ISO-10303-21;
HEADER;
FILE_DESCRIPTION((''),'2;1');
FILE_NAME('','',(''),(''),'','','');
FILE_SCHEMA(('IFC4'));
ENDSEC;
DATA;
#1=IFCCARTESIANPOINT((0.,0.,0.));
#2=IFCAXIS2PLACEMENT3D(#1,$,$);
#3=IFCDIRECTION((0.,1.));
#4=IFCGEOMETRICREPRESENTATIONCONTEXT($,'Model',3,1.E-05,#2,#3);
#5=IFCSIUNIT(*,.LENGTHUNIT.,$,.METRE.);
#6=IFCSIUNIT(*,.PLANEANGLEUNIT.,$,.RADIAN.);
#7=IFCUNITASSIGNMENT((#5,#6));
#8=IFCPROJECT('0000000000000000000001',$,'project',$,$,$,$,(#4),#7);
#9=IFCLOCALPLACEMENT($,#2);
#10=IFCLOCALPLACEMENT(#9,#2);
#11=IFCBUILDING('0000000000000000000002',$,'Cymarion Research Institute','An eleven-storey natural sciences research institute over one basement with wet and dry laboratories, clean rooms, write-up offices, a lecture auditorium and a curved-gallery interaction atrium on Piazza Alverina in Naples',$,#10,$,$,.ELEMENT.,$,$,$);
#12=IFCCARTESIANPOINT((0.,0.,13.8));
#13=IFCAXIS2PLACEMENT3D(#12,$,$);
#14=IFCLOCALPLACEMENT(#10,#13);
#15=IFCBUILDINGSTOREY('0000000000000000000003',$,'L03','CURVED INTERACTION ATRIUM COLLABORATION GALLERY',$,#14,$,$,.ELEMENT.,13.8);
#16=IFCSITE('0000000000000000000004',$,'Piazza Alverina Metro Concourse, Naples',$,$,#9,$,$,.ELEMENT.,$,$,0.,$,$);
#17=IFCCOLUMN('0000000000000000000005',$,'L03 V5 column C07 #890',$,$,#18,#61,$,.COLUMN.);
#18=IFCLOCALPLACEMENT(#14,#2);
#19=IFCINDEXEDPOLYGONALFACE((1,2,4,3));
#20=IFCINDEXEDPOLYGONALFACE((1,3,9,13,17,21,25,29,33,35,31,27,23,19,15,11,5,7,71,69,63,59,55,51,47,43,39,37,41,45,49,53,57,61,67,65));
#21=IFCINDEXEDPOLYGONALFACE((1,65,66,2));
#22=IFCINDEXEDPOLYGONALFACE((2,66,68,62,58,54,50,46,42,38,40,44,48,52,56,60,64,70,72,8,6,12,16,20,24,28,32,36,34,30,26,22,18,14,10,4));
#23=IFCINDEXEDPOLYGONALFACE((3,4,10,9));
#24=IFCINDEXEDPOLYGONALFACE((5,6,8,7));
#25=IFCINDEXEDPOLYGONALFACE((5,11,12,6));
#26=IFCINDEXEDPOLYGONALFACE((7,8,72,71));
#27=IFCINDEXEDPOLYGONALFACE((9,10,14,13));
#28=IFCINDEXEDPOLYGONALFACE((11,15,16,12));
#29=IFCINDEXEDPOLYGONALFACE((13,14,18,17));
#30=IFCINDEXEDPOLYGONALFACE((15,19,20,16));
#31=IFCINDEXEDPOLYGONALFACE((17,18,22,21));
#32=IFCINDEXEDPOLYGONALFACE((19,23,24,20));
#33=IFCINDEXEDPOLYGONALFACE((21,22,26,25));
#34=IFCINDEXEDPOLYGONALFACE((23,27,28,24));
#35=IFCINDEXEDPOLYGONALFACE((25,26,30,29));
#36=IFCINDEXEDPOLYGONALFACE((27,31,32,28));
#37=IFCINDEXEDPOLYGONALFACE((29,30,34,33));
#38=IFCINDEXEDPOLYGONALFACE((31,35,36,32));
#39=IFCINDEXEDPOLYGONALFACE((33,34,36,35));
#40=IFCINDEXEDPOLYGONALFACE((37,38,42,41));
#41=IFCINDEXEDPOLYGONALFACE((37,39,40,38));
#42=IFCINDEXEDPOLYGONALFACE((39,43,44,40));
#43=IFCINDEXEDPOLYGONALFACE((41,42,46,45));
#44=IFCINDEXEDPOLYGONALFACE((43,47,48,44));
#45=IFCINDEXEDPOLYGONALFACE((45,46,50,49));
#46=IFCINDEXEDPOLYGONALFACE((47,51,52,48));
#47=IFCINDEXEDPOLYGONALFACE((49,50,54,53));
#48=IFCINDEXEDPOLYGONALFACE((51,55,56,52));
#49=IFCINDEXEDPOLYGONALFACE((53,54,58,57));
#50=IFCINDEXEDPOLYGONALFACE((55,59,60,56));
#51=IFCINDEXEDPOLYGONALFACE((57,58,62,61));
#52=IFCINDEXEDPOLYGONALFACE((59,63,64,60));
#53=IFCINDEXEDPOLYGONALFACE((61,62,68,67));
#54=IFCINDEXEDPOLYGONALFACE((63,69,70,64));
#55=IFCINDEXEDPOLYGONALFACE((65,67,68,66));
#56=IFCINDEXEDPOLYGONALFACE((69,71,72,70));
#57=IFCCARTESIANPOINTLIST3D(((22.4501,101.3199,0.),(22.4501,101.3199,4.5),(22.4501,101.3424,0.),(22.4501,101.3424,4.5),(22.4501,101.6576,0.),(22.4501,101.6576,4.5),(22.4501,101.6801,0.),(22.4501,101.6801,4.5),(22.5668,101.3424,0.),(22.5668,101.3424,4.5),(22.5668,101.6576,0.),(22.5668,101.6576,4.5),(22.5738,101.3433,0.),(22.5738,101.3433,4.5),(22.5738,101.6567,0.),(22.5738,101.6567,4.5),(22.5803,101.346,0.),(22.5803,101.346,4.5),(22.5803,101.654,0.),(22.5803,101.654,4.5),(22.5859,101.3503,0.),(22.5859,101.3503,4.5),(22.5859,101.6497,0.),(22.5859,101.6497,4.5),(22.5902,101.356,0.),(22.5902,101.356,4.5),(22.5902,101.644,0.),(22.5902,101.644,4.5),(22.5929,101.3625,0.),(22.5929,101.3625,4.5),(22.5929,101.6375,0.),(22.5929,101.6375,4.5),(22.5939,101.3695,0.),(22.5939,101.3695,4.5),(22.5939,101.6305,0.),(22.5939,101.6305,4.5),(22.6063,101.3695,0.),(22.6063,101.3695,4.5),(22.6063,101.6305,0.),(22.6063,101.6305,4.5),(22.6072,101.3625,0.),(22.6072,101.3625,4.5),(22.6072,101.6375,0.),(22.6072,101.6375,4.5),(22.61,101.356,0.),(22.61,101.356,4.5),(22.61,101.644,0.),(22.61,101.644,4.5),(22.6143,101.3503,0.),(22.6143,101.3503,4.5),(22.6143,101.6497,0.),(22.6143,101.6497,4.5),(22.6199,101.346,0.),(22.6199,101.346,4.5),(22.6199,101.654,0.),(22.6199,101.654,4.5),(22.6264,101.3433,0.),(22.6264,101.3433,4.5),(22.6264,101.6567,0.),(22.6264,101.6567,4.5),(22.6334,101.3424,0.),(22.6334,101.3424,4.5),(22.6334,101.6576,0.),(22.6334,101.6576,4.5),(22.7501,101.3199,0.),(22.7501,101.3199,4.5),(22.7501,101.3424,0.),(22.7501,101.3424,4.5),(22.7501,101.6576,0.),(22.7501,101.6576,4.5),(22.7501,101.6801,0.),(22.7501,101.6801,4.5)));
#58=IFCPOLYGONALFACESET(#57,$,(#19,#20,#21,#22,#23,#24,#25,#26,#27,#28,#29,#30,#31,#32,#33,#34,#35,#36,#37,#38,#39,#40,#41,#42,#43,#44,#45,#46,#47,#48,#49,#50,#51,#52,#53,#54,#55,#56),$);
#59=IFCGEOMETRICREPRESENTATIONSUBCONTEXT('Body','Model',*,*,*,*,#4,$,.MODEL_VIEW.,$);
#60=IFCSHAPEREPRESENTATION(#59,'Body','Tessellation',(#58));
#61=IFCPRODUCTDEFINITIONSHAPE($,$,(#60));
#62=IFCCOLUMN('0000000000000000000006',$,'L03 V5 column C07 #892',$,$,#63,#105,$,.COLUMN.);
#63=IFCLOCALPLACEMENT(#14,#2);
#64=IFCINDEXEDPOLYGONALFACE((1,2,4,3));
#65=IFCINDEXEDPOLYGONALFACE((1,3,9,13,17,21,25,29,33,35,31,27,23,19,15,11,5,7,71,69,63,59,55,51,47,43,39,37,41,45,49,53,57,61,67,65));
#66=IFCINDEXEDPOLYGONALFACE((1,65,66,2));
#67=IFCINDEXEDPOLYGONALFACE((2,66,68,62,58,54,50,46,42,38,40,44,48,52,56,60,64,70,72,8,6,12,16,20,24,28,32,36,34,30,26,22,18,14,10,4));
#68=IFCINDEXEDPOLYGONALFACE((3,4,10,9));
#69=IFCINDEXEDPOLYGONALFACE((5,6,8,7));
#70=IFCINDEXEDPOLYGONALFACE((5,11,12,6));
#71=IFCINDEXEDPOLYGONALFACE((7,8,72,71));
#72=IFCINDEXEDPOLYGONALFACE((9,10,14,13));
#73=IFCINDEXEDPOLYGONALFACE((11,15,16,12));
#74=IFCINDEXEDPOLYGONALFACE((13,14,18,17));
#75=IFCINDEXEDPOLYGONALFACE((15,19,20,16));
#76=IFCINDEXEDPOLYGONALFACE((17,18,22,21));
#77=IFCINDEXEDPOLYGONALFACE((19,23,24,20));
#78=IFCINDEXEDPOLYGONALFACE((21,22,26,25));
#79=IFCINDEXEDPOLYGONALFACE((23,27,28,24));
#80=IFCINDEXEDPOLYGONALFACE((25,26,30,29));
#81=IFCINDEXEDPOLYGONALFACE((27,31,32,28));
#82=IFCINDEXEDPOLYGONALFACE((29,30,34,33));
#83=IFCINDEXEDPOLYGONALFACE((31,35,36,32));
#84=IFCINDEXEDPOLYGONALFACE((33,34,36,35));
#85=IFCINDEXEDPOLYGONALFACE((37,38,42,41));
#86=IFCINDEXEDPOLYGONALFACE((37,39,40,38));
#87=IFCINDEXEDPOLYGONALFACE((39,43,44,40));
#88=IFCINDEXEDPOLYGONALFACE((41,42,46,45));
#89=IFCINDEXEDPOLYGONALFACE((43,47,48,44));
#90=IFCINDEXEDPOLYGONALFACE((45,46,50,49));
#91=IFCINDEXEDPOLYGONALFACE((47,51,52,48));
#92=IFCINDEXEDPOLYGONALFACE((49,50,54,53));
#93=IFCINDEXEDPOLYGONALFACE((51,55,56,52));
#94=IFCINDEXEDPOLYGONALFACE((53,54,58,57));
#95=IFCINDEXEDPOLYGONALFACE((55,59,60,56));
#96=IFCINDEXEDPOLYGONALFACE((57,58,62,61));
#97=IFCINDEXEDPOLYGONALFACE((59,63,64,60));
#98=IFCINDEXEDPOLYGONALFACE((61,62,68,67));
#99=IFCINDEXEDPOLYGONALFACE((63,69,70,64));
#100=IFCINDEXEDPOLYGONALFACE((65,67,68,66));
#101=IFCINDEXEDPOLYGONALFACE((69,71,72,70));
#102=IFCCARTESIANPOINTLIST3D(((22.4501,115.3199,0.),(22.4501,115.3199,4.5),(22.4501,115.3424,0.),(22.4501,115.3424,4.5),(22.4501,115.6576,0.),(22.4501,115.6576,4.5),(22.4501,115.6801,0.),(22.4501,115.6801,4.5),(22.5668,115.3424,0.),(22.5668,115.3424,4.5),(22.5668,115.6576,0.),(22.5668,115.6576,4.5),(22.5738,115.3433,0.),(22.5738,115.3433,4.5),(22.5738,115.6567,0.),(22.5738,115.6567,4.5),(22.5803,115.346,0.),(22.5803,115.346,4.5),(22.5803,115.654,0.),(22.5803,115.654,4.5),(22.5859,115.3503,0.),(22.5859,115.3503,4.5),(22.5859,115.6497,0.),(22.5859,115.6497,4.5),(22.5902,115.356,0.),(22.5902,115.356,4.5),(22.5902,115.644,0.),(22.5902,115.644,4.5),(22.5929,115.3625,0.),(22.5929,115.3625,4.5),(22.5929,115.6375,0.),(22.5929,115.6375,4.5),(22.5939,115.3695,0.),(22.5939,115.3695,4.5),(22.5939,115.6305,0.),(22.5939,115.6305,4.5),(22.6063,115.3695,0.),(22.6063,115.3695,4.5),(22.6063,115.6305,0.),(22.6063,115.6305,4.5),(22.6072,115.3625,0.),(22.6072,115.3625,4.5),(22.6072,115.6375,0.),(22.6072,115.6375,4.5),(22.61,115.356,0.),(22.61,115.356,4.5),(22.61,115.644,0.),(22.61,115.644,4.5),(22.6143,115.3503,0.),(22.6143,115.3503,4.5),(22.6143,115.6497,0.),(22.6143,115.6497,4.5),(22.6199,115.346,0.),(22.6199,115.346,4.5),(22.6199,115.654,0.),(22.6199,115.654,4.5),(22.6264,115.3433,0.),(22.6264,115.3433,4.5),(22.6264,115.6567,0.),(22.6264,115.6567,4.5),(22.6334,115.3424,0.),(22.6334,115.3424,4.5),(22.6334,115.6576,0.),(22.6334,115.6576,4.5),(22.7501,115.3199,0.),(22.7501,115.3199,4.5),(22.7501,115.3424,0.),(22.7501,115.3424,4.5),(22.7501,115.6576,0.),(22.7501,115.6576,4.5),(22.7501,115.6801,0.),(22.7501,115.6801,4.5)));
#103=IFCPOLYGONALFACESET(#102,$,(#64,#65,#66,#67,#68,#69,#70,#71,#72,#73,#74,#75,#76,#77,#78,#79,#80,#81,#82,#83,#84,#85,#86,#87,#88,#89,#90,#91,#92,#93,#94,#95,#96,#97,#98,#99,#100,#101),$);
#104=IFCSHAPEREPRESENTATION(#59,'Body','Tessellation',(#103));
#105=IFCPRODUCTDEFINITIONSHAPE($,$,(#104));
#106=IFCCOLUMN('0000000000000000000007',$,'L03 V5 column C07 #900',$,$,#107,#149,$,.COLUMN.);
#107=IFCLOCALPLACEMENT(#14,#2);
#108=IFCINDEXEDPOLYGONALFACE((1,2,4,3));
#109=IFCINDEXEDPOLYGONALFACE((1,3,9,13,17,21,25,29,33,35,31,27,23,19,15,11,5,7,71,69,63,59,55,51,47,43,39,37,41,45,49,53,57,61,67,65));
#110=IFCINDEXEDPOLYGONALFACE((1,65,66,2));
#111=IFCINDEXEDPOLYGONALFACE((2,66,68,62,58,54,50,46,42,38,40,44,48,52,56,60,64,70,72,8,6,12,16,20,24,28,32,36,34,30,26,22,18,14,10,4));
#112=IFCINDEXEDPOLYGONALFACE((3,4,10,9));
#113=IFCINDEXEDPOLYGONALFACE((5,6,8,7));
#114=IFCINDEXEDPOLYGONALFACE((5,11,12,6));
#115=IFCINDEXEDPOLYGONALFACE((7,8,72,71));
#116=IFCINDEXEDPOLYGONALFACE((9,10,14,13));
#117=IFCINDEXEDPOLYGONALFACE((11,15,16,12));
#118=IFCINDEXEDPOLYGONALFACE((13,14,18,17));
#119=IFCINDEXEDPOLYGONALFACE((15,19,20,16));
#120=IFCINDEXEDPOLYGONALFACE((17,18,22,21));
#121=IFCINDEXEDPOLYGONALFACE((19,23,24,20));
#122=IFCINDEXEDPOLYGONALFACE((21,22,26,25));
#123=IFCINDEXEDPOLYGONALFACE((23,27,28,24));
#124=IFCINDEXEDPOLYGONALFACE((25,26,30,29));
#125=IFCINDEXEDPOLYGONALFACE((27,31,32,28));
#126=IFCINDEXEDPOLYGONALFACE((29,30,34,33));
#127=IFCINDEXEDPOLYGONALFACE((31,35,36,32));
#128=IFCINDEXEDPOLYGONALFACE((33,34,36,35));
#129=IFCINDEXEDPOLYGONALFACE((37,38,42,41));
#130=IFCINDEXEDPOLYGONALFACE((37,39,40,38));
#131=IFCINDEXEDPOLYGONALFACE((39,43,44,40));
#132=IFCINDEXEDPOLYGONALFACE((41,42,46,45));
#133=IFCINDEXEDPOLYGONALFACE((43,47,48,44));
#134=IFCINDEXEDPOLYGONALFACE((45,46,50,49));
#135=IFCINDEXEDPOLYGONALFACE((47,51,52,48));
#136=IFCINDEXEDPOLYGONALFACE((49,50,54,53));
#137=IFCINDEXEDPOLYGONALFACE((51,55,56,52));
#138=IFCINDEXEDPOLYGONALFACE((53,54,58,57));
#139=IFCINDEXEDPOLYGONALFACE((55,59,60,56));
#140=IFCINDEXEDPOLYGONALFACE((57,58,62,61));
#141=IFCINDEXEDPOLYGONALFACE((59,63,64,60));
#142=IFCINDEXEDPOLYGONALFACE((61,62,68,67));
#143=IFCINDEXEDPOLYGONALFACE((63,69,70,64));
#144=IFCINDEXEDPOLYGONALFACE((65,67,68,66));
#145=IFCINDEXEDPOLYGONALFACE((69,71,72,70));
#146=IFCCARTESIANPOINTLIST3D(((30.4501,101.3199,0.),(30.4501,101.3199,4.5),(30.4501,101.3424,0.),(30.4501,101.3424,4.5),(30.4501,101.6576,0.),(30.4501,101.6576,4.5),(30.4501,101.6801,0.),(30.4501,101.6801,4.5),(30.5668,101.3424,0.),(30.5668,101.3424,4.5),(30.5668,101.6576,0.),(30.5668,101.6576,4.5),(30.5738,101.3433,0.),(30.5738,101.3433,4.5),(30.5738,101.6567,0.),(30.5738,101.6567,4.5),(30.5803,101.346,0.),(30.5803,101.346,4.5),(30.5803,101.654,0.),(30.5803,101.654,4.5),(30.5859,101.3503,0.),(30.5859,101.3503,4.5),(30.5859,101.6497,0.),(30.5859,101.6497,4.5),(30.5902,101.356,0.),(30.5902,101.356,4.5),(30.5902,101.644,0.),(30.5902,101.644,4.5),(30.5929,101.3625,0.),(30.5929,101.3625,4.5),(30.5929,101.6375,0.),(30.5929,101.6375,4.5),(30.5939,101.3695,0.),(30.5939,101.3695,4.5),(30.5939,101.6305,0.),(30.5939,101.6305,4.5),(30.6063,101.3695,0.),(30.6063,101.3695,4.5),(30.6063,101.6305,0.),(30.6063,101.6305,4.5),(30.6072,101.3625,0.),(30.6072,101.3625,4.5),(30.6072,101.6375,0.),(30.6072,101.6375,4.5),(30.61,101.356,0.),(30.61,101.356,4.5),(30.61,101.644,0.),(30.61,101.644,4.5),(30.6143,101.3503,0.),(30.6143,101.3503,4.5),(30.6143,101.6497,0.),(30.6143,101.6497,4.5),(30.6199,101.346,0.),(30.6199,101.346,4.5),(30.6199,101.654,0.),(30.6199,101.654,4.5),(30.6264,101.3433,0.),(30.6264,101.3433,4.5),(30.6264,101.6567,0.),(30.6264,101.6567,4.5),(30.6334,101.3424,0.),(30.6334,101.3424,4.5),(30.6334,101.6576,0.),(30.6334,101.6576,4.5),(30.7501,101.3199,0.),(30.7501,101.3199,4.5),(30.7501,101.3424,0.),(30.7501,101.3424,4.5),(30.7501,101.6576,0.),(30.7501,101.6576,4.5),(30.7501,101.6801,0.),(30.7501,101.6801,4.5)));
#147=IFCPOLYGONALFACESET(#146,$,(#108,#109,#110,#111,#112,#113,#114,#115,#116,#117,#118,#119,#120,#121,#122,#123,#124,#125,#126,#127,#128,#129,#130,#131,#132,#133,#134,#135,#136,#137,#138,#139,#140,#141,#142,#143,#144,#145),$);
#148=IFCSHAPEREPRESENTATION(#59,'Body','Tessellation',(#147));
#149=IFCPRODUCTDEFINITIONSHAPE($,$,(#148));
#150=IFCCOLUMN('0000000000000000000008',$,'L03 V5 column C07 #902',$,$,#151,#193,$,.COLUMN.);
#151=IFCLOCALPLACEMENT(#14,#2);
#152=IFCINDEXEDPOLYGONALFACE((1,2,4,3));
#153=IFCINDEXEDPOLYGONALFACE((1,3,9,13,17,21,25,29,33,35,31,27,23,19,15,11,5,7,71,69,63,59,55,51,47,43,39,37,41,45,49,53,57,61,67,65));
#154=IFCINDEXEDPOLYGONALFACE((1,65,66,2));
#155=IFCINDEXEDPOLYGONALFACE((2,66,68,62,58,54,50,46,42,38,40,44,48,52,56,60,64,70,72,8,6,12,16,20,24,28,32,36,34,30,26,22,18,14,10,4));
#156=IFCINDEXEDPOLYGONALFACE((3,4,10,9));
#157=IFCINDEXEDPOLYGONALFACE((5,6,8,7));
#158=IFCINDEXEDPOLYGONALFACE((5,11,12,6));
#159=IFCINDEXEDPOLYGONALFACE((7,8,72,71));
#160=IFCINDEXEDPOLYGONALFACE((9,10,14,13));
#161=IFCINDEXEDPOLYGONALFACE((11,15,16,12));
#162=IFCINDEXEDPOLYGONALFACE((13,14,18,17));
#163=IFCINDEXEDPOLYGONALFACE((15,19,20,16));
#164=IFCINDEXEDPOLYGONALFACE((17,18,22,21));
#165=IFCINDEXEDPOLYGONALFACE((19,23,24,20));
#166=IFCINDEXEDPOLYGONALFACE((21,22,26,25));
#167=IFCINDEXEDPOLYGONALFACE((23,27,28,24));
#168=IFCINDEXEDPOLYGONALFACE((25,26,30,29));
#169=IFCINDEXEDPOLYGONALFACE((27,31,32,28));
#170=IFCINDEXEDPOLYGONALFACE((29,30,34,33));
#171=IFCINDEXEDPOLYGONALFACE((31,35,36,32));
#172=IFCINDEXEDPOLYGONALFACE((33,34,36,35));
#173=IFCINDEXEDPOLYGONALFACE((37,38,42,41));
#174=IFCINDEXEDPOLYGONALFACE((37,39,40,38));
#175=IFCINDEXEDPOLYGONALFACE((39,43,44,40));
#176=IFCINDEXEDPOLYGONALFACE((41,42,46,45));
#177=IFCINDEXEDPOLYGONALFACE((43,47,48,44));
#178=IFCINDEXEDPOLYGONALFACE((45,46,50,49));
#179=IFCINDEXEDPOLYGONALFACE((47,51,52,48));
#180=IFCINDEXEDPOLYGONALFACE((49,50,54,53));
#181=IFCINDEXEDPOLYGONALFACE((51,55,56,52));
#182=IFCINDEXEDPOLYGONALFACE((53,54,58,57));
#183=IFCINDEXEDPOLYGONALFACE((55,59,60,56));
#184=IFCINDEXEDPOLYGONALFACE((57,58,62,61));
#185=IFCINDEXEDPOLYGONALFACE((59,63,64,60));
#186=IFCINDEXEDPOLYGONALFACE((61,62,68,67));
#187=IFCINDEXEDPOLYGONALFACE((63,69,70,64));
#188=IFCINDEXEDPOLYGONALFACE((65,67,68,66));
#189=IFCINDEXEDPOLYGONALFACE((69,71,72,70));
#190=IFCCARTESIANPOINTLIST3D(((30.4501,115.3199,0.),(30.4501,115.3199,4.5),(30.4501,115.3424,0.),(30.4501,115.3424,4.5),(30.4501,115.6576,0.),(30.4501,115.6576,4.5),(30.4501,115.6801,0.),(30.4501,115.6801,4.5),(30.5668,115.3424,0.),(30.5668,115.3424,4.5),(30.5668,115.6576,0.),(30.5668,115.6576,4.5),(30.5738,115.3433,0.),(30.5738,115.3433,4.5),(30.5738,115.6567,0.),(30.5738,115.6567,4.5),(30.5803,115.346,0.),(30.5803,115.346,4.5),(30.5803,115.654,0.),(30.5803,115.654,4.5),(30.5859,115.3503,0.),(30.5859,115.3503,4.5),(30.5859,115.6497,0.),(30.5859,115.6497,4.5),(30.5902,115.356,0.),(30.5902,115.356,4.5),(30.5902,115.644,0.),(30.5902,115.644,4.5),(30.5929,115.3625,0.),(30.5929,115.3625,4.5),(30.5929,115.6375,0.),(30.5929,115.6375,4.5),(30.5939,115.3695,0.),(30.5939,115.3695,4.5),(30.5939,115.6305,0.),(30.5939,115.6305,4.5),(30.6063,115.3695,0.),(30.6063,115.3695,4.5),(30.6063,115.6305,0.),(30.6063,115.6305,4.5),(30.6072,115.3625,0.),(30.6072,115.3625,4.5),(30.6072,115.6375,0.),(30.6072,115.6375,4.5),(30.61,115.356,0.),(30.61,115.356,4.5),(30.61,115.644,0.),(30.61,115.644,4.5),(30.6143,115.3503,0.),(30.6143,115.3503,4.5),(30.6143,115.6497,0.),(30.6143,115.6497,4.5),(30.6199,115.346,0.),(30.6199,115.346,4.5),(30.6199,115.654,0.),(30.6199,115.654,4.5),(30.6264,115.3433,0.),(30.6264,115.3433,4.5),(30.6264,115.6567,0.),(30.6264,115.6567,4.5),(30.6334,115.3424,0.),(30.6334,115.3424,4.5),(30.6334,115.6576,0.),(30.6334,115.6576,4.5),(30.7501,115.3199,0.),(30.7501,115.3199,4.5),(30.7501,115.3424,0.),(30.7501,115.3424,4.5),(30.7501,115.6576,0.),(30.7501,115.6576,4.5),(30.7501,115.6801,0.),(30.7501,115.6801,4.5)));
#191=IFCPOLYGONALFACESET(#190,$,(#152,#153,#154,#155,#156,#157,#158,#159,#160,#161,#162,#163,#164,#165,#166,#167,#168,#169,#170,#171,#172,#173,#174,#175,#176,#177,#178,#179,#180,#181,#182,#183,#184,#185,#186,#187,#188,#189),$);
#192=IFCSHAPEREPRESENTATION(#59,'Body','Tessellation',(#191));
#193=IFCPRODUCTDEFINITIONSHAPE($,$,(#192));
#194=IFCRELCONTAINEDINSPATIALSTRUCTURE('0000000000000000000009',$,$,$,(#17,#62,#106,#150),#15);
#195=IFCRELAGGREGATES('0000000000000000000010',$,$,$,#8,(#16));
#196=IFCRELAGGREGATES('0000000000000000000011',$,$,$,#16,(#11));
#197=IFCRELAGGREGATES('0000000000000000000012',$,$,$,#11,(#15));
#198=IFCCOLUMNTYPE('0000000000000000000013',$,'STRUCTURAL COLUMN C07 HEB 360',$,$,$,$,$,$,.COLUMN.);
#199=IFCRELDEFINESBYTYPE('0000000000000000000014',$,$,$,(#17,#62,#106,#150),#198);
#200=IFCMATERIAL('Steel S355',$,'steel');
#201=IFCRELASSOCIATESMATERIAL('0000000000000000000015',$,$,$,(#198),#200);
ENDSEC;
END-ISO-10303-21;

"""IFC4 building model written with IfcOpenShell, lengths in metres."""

from ifc_helpers import new_model, si_unit, direction, frame, origin, origin_2d, place, context, subcontext, project, spatial, i_section, extrude, material, material_profile, profile_set, type_object, element, save


model = new_model("IFC4")

# Units and contexts
model_context = context("Model", 3, precision=1e-05, world=origin(), true_north=direction((0.0, 1.0)))
body_context = subcontext(model_context, "Body", "Model", "MODEL_VIEW")
ifc_project = project(units=[si_unit("LENGTHUNIT", "METRE"), si_unit("PLANEANGLEUNIT", "RADIAN")], contexts=[model_context])

# Site, building, storey
site_placement = place(None, origin())
site = spatial("IfcSite", under=ifc_project, at=site_placement, Name="Piazza Alverina Metro Concourse, Naples", CompositionType="ELEMENT", RefElevation=0.0)
building_placement = place(site_placement, origin())
building = spatial("IfcBuilding", under=site, at=building_placement, Name="Cymarion Research Institute", Description="An eleven-storey natural sciences research institute over one basement with wet and dry laboratories, clean rooms, write-up offices, a lecture auditorium and a curved-gallery interaction atrium on Piazza Alverina in Naples", CompositionType="ELEMENT")
storey_placement = place(building_placement, frame((0.0, 0.0, 13.8)))
storey = spatial("IfcBuildingStorey", under=building, at=storey_placement, Name="L03", Description="CURVED INTERACTION ATRIUM COLLABORATION GALLERY", CompositionType="ELEMENT", Elevation=13.8)

# Columns
ifc_material_1 = material(Name="Steel S355", Category="steel")
ifc_material_profile_1 = material_profile(ifc_material_1, i_section(OverallWidth=0.3, OverallDepth=0.3601, WebThickness=0.0125, FlangeThickness=0.0225, FilletRadius=0.0271, at=origin_2d()), Name="HEB 360")
ifc_profile_set_1 = profile_set([ifc_material_profile_1], Name="Steel S355")
column_type_1 = type_object("IfcColumnType", Name="STRUCTURAL COLUMN C07 HEB 360", PredefinedType="COLUMN", material=ifc_profile_set_1)
for number, where, z_axis, x_axis, name in (
    (1, (22.6001, 101.5, 0.0), (0.0, 0.0, 1.0), (1.0, 0.0, 0.0), "L03 V5 column C07 #890"),
    (2, (22.6001, 115.5, 0.0), (0.0, 0.0, 1.0), (1.0, 0.0, 0.0), "L03 V5 column C07 #892"),
    (3, (30.6001, 101.5, 0.0), (0.0, 0.0, 1.0), (1.0, 0.0, 0.0), "L03 V5 column C07 #900"),
    (4, (30.6001, 115.5, 0.0), (0.0, 0.0, 1.0), (1.0, 0.0, 0.0), "L03 V5 column C07 #902"),
):
    element("IfcColumn", number, at=place(storey_placement, frame(where, z_axis=z_axis, x_axis=x_axis)), inside=storey, type_object=column_type_1, Name=name, PredefinedType="COLUMN", context=body_context, shape_type="SweptSolid", body=[
        extrude(i_section(OverallWidth=0.3, OverallDepth=0.3601, WebThickness=0.0125, FlangeThickness=0.0225, FilletRadius=0.0271, at=origin_2d()), origin(), (0.0, 0.0, 1.0), 4.5),
    ])

save(model, "model.ifc")
